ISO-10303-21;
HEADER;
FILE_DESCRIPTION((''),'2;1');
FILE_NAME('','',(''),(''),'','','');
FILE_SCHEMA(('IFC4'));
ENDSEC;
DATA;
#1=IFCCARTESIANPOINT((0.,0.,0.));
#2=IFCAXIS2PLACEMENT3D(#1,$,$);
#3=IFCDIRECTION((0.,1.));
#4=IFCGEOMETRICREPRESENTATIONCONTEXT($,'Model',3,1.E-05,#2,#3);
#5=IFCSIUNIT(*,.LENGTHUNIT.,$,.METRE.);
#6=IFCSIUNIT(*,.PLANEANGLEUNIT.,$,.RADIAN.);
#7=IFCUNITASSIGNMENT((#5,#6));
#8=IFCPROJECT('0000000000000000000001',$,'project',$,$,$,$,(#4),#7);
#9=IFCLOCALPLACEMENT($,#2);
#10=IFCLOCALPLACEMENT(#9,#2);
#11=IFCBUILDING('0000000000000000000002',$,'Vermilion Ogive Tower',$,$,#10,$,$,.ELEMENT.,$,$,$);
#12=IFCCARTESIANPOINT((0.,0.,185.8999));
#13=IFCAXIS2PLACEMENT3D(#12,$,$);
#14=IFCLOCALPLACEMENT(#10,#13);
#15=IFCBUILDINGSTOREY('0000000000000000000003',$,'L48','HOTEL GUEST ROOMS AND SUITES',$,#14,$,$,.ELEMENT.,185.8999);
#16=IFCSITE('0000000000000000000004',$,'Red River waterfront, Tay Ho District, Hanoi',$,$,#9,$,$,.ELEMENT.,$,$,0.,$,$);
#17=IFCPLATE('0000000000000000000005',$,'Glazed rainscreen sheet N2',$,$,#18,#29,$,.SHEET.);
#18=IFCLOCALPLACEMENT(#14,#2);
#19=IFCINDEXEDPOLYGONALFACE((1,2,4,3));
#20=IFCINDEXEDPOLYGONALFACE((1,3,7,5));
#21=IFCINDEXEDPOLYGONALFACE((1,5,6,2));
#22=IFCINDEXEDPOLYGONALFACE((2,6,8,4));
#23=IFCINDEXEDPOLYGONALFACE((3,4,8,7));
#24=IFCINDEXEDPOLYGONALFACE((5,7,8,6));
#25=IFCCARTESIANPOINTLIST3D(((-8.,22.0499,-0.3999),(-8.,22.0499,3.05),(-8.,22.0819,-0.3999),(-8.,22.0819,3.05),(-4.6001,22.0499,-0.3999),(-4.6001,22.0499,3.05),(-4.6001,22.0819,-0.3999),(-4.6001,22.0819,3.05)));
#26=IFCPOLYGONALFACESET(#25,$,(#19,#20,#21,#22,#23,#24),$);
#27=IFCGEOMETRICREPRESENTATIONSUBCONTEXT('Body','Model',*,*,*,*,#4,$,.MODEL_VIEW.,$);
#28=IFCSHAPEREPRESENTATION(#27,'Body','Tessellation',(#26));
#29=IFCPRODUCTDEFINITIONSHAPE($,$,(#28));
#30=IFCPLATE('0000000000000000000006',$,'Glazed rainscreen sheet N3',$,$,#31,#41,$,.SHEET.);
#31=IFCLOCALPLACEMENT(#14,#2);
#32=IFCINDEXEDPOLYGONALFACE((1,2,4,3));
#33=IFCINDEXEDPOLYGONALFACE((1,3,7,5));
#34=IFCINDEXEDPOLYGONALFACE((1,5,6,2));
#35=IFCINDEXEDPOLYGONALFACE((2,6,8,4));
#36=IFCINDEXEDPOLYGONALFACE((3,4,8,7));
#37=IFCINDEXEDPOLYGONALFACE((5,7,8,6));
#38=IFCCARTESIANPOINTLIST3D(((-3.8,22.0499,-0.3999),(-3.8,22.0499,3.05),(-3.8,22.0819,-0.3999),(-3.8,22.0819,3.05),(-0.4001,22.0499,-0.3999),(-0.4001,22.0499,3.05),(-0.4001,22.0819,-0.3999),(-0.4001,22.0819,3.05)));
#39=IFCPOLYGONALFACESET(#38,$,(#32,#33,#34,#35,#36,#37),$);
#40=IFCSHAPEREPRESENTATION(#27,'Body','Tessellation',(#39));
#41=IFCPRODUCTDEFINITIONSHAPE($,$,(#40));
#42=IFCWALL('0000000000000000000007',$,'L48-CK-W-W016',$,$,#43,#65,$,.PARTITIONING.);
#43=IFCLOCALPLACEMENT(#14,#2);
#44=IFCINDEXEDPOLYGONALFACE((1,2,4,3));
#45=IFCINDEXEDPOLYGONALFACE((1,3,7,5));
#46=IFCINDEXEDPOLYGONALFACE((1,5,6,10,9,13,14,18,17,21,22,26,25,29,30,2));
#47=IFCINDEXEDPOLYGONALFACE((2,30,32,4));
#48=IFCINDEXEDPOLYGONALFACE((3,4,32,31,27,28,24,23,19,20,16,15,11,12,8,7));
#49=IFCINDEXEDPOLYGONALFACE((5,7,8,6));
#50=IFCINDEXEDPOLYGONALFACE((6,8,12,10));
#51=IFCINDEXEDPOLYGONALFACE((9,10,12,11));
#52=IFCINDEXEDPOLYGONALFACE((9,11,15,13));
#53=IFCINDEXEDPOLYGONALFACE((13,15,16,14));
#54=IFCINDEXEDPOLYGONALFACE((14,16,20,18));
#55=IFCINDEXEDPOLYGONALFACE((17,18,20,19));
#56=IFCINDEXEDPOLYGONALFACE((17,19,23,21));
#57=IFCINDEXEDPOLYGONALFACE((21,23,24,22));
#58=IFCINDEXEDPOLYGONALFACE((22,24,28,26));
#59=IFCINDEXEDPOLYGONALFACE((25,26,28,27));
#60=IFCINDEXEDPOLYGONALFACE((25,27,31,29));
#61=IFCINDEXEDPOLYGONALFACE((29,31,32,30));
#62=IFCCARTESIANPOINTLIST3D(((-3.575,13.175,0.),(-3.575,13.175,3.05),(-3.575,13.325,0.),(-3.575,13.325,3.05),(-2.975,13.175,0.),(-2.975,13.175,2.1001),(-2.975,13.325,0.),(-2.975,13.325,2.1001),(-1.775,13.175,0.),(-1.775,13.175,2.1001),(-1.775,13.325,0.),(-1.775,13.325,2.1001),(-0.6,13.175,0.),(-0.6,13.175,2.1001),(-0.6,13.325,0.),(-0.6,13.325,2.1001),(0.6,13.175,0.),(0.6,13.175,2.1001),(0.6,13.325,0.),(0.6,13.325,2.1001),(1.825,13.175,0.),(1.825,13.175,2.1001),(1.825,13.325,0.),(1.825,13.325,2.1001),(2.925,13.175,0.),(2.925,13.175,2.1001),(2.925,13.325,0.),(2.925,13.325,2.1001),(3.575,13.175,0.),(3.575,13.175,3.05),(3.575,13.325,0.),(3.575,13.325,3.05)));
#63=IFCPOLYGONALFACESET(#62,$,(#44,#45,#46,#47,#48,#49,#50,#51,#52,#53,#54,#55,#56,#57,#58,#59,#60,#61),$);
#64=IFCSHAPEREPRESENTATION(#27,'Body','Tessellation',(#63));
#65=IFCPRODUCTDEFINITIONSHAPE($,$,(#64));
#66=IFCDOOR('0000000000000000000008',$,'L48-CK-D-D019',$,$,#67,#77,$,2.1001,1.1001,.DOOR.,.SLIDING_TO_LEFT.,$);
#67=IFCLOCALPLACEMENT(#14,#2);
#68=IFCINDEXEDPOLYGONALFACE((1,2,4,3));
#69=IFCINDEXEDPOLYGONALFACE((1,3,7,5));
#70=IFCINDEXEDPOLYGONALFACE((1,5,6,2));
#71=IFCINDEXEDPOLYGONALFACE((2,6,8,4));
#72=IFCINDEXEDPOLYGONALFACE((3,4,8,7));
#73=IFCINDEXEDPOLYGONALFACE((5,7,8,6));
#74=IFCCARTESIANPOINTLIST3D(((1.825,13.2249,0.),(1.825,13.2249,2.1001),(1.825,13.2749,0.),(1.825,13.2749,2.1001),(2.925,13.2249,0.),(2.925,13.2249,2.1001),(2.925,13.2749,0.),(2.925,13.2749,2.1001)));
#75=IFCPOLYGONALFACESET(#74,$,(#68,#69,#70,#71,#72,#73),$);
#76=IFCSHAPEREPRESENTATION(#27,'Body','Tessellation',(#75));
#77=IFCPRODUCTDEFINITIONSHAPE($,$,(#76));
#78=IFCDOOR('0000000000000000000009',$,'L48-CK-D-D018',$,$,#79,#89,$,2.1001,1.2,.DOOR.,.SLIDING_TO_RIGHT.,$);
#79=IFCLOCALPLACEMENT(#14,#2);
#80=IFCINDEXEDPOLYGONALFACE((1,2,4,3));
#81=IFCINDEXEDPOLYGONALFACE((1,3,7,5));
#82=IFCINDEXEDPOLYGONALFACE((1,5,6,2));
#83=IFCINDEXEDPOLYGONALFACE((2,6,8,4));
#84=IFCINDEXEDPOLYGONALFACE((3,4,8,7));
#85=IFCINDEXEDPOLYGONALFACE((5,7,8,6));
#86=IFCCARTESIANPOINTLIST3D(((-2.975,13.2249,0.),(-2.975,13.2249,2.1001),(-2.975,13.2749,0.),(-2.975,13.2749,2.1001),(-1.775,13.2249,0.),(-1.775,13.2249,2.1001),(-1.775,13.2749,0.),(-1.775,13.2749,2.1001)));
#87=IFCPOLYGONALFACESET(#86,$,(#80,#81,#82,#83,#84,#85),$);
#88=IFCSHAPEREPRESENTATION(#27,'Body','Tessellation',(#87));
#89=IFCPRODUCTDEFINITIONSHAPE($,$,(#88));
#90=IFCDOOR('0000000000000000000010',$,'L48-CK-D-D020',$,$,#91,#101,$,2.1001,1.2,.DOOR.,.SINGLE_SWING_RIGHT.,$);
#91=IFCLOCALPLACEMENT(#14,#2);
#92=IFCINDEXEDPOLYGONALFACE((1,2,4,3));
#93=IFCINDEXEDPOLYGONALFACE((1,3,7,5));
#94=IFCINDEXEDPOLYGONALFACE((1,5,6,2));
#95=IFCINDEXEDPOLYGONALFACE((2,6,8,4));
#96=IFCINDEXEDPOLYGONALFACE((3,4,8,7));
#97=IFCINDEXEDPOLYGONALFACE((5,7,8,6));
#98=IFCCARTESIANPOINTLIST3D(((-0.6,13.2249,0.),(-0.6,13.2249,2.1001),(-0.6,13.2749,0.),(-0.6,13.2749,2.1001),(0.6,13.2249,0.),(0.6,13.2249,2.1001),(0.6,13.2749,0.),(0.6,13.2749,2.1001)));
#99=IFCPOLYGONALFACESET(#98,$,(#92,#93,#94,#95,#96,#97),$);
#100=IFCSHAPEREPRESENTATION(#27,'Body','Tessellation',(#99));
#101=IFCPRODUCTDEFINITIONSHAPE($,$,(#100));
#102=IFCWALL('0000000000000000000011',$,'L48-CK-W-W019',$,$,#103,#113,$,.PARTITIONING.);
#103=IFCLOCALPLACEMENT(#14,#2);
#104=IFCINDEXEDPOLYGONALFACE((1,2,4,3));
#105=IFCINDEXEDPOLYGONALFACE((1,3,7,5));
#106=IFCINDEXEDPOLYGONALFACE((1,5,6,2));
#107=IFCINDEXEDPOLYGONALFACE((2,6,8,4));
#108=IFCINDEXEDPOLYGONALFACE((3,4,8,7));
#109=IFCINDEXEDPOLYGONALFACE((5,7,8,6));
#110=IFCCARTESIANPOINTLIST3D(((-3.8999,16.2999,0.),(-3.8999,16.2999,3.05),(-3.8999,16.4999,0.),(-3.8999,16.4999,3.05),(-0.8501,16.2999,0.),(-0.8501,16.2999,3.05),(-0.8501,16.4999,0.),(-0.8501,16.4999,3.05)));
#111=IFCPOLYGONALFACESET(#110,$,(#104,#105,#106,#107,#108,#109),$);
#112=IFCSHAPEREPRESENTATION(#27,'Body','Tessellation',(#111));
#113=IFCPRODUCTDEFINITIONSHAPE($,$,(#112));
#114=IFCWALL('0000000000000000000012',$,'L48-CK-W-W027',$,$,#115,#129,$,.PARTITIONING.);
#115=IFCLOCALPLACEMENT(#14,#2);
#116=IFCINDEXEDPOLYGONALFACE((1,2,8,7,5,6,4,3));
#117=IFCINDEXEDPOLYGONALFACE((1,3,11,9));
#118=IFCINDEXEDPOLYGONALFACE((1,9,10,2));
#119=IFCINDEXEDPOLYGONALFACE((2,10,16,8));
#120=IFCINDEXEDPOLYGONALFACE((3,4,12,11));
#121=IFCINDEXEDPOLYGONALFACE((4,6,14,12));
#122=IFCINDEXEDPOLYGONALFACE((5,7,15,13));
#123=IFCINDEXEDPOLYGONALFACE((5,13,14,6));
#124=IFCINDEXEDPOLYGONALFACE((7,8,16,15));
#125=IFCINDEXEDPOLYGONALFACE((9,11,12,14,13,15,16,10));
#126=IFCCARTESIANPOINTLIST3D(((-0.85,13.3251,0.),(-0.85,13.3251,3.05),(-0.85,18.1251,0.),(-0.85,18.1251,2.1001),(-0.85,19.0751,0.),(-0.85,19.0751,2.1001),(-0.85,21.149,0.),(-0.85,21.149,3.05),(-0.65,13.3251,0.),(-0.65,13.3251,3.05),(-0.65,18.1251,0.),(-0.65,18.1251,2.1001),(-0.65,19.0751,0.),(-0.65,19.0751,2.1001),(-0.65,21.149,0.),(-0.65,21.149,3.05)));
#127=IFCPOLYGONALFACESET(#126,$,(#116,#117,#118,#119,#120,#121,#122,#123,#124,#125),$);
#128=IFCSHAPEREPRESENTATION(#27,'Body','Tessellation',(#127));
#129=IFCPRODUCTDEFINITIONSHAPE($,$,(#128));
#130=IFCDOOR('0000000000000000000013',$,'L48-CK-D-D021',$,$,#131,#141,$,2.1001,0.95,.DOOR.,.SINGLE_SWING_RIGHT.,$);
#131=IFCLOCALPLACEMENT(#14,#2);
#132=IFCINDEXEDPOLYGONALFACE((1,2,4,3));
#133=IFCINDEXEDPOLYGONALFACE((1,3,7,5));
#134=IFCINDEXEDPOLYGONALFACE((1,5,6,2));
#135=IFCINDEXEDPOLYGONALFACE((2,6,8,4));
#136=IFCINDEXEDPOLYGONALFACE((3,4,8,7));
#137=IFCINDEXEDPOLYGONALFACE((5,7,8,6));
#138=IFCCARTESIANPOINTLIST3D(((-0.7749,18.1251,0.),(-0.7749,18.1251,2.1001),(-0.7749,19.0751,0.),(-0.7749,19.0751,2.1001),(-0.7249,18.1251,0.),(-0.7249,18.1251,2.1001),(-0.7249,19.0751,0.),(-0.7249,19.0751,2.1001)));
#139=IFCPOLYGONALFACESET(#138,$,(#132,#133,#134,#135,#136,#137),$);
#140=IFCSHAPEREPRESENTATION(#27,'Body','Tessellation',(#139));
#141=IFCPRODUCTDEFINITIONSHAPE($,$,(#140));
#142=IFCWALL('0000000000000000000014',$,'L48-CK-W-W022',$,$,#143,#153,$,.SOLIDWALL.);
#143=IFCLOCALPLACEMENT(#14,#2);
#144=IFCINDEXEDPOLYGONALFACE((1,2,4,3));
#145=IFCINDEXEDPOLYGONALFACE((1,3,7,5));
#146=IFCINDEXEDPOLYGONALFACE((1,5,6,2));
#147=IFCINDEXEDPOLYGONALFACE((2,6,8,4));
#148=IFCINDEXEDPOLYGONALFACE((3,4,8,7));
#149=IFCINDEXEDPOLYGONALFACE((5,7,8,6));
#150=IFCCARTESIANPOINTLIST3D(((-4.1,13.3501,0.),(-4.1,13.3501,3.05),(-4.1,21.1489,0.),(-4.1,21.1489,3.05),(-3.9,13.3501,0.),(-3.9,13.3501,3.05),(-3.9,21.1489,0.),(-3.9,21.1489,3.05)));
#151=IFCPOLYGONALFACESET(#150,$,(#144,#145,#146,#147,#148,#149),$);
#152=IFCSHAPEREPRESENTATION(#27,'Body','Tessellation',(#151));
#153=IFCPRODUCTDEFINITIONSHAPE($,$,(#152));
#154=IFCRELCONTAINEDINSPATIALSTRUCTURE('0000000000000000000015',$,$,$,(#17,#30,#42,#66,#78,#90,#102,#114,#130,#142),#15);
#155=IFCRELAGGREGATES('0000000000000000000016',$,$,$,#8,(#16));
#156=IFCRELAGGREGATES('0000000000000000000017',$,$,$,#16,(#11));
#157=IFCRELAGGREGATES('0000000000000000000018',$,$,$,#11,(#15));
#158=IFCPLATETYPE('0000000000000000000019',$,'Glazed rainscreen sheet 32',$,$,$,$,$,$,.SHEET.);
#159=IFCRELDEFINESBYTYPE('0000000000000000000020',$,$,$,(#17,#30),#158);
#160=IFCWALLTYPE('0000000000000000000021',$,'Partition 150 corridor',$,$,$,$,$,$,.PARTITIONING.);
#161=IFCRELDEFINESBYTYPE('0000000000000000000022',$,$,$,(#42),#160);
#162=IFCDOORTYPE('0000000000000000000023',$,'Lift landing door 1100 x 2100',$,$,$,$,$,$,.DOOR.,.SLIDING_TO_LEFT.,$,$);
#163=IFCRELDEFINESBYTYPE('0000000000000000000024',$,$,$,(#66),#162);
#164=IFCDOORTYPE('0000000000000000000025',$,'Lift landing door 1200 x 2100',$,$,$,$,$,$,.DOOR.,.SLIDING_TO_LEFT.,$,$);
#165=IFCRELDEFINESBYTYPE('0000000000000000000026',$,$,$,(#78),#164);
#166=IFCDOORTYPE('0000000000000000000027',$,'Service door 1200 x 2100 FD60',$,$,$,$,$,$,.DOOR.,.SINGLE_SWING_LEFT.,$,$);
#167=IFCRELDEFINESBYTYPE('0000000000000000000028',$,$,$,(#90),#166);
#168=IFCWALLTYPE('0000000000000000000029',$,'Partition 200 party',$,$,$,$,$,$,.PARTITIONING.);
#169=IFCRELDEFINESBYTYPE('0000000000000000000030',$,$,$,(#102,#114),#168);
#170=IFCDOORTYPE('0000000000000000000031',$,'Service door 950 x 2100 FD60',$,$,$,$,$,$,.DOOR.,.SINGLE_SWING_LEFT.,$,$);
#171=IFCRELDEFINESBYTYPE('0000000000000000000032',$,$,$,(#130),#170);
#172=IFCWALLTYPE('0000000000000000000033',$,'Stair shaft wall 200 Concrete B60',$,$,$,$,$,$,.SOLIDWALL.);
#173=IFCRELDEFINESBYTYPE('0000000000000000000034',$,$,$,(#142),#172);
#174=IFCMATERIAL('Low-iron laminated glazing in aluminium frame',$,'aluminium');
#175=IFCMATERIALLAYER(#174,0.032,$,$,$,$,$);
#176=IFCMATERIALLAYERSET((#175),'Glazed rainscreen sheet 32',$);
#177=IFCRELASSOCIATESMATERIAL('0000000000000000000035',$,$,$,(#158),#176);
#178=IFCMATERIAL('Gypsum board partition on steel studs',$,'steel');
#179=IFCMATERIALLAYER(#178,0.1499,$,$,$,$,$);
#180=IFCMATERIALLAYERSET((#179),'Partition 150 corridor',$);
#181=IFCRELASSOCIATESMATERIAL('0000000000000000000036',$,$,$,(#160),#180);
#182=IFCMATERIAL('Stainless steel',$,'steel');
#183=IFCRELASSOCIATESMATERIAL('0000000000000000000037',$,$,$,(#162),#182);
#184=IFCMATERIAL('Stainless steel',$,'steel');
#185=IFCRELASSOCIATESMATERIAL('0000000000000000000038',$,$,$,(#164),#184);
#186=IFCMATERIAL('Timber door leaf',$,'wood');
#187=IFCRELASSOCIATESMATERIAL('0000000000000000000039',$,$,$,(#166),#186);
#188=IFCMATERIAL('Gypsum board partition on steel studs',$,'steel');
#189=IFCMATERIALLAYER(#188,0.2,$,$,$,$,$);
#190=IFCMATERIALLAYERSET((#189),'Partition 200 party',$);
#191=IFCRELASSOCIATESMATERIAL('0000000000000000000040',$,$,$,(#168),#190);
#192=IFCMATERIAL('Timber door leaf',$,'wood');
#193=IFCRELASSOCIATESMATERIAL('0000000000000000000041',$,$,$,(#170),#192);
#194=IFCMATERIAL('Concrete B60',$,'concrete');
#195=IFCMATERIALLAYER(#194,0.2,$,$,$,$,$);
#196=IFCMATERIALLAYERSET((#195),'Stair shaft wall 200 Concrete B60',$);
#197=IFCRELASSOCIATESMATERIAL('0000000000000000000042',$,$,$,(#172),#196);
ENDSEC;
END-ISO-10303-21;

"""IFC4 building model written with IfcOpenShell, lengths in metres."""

from ifc_helpers import new_model, si_unit, direction, frame, frame_2d, origin, origin_2d, place, context, subcontext, project, spatial, rectangle, extrude, material, layer, layer_set, type_object, element, fill, save


model = new_model("IFC4")

# Units and contexts
model_context = context("Model", 3, precision=1e-05, world=origin(), true_north=direction((0.0, 1.0)))
body_context = subcontext(model_context, "Body", "Model", "MODEL_VIEW")
ifc_project = project(units=[si_unit("LENGTHUNIT", "METRE"), si_unit("PLANEANGLEUNIT", "RADIAN")], contexts=[model_context])

# Site, building, storey
site_placement = place(None, origin())
site = spatial("IfcSite", under=ifc_project, at=site_placement, Name="Red River waterfront, Tay Ho District, Hanoi", CompositionType="ELEMENT", RefElevation=0.0)
building_placement = place(site_placement, origin())
building = spatial("IfcBuilding", under=site, at=building_placement, Name="Vermilion Ogive Tower", CompositionType="ELEMENT")
storey_placement = place(building_placement, frame((0.0, 0.0, 185.8999)))
storey = spatial("IfcBuildingStorey", under=building, at=storey_placement, Name="L48", Description="HOTEL GUEST ROOMS AND SUITES", CompositionType="ELEMENT", Elevation=185.8999)

# Plates
ifc_material_1 = material(Name="Low-iron laminated glazing in aluminium frame", Category="aluminium")
ifc_layer_1 = layer(ifc_material_1, 0.032)
ifc_layer_set_1 = layer_set([ifc_layer_1], Name="Glazed rainscreen sheet 32")
plate_type = type_object("IfcPlateType", Name="Glazed rainscreen sheet 32", PredefinedType="SHEET", material=ifc_layer_set_1)
for number, where, z_axis, x_axis, name in (
    (1, (-6.3, 22.0659, -0.3999), (0.0, 0.0, 1.0), (1.0, 0.0, 0.0), "Glazed rainscreen sheet N2"),
    (2, (-2.1001, 22.0659, -0.3999), (0.0, 0.0, 1.0), (1.0, 0.0, 0.0), "Glazed rainscreen sheet N3"),
):
    element("IfcPlate", number, at=place(storey_placement, frame(where, z_axis=z_axis, x_axis=x_axis)), inside=storey, type_object=plate_type, Name=name, PredefinedType="SHEET", context=body_context, shape_type="SweptSolid", body=[
        extrude(rectangle(XDim=3.3999, YDim=0.032, at=origin_2d()), origin(), (0.0, 0.0, 1.0), 3.45),
    ])

# Wall, openings, doors
ifc_material_2 = material(Name="Gypsum board partition on steel studs", Category="steel")
ifc_layer_2 = layer(ifc_material_2, 0.1499)
ifc_layer_set_2 = layer_set([ifc_layer_2], Name="Partition 150 corridor")
wall_type_1 = type_object("IfcWallType", Name="Partition 150 corridor", PredefinedType="PARTITIONING", material=ifc_layer_set_2)
wall_1_placement = place(storey_placement, frame((-3.575, 13.25, 0.0), z_axis=(0.0, 0.0, 1.0), x_axis=(1.0, 0.0, 0.0)))
wall_1 = element("IfcWall", 3, at=wall_1_placement, inside=storey, type_object=wall_type_1, Name="L48-CK-W-W016", PredefinedType="PARTITIONING", context=body_context, shape_type="SweptSolid", body=[
    extrude(rectangle(XDim=7.1499, YDim=0.1499, at=frame_2d((3.575, 0.0))), origin(), (0.0, 0.0, 1.0), 3.05),
])
opening_1_placement = place(wall_1_placement, frame((0.5999, 0.0, 0.0)))
opening_1 = element("IfcOpeningElement", 4, at=opening_1_placement, cuts=wall_1, PredefinedType="OPENING", context=body_context, shape_type="SweptSolid", body=[
    extrude(rectangle(XDim=1.2, YDim=2.1001, at=frame_2d((0.6001, 1.05))), frame((0.0, 0.085, 0.0), z_axis=(0.0, -1.0, 0.0), x_axis=(1.0, 0.0, 0.0)), (0.0, 0.0, 1.0), 0.1699),
])
opening_2_placement = place(wall_1_placement, frame((5.3999, 0.0, 0.0)))
opening_2 = element("IfcOpeningElement", 5, at=opening_2_placement, cuts=wall_1, PredefinedType="OPENING", context=body_context, shape_type="SweptSolid", body=[
    extrude(rectangle(XDim=1.1001, YDim=2.1001, at=frame_2d((0.55, 1.05))), frame((0.0, 0.085, 0.0), z_axis=(0.0, -1.0, 0.0), x_axis=(1.0, 0.0, 0.0)), (0.0, 0.0, 1.0), 0.1699),
])
opening_3_placement = place(wall_1_placement, frame((2.9749, 0.0, 0.0)))
opening_3 = element("IfcOpeningElement", 6, at=opening_3_placement, cuts=wall_1, PredefinedType="OPENING", context=body_context, shape_type="SweptSolid", body=[
    extrude(rectangle(XDim=1.2, YDim=2.1001, at=frame_2d((0.6001, 1.05))), frame((0.0, 0.085, 0.0), z_axis=(0.0, -1.0, 0.0), x_axis=(1.0, 0.0, 0.0)), (0.0, 0.0, 1.0), 0.1699),
])
ifc_material_3 = material(Name="Stainless steel", Category="steel")
door_type_1 = type_object("IfcDoorType", Name="Lift landing door 1100 x 2100", OperationType="SLIDING_TO_LEFT", PredefinedType="DOOR", material=ifc_material_3)
door_1_placement = place(opening_2_placement, origin())
door_1 = element("IfcDoor", 7, at=door_1_placement, inside=storey, type_object=door_type_1, Name="L48-CK-D-D019", OperationType="SLIDING_TO_LEFT", OverallHeight=2.1001, OverallWidth=1.1001, PredefinedType="DOOR", context=body_context, shape_type="SweptSolid", body=[
    extrude(rectangle(XDim=1.1001, YDim=2.1001, at=frame_2d((0.55, 1.05))), frame((0.0, 0.0249, 0.0), z_axis=(0.0, -1.0, 0.0), x_axis=(1.0, 0.0, 0.0)), (0.0, 0.0, 1.0), 0.05),
])
fill(opening_2, door_1)
ifc_material_4 = material(Name="Stainless steel", Category="steel")
door_type_2 = type_object("IfcDoorType", Name="Lift landing door 1200 x 2100", OperationType="SLIDING_TO_LEFT", PredefinedType="DOOR", material=ifc_material_4)
door_2_placement = place(opening_1_placement, origin())
door_2 = element("IfcDoor", 8, at=door_2_placement, inside=storey, type_object=door_type_2, Name="L48-CK-D-D018", OperationType="SLIDING_TO_RIGHT", OverallHeight=2.1001, OverallWidth=1.2, PredefinedType="DOOR", context=body_context, shape_type="SweptSolid", body=[
    extrude(rectangle(XDim=1.2, YDim=2.1001, at=frame_2d((0.6001, 1.05))), frame((0.0, 0.0249, 0.0), z_axis=(0.0, -1.0, 0.0), x_axis=(1.0, 0.0, 0.0)), (0.0, 0.0, 1.0), 0.05),
])
fill(opening_1, door_2)
ifc_material_5 = material(Name="Timber door leaf", Category="wood")
door_type_3 = type_object("IfcDoorType", Name="Service door 1200 x 2100 FD60", OperationType="SINGLE_SWING_LEFT", PredefinedType="DOOR", material=ifc_material_5)
door_3_placement = place(opening_3_placement, origin())
door_3 = element("IfcDoor", 9, at=door_3_placement, inside=storey, type_object=door_type_3, Name="L48-CK-D-D020", OperationType="SINGLE_SWING_RIGHT", OverallHeight=2.1001, OverallWidth=1.2, PredefinedType="DOOR", context=body_context, shape_type="SweptSolid", body=[
    extrude(rectangle(XDim=1.2, YDim=2.1001, at=frame_2d((0.6001, 1.05))), frame((0.0, 0.0249, 0.0), z_axis=(0.0, -1.0, 0.0), x_axis=(1.0, 0.0, 0.0)), (0.0, 0.0, 1.0), 0.05),
])
fill(opening_3, door_3)

# Wall
ifc_material_6 = material(Name="Gypsum board partition on steel studs", Category="steel")
ifc_layer_3 = layer(ifc_material_6, 0.2)
ifc_layer_set_3 = layer_set([ifc_layer_3], Name="Partition 200 party")
wall_type_2 = type_object("IfcWallType", Name="Partition 200 party", PredefinedType="PARTITIONING", material=ifc_layer_set_3)
wall_2_placement = place(storey_placement, frame((-3.8999, 16.3999, 0.0), z_axis=(0.0, 0.0, 1.0), x_axis=(1.0, 0.0, 0.0)))
element("IfcWall", 10, at=wall_2_placement, inside=storey, type_object=wall_type_2, Name="L48-CK-W-W019", PredefinedType="PARTITIONING", context=body_context, shape_type="SweptSolid", body=[
    extrude(rectangle(XDim=3.0498, YDim=0.2, at=frame_2d((1.5249, 0.0))), origin(), (0.0, 0.0, 1.0), 3.05),
])

# Wall, opening, door
wall_3_placement = place(storey_placement, frame((-0.75, 13.325, 0.0), z_axis=(0.0, 0.0, 1.0), x_axis=(0.0, 1.0, 0.0)))
wall_3 = element("IfcWall", 11, at=wall_3_placement, inside=storey, type_object=wall_type_2, Name="L48-CK-W-W027", PredefinedType="PARTITIONING", context=body_context, shape_type="SweptSolid", body=[
    extrude(rectangle(XDim=7.824, YDim=0.2, at=frame_2d((3.9121, 0.0))), origin(), (0.0, 0.0, 1.0), 3.05),
])
opening_4_placement = place(wall_3_placement, frame((4.8, 0.0, 0.0)))
opening_4 = element("IfcOpeningElement", 12, at=opening_4_placement, cuts=wall_3, PredefinedType="OPENING", context=body_context, shape_type="SweptSolid", body=[
    extrude(rectangle(XDim=0.95, YDim=2.1001, at=frame_2d((0.4751, 1.05))), frame((0.0, 0.1099, 0.0), z_axis=(0.0, -1.0, 0.0), x_axis=(1.0, 0.0, 0.0)), (0.0, 0.0, 1.0), 0.22),
])
ifc_material_7 = material(Name="Timber door leaf", Category="wood")
door_type_4 = type_object("IfcDoorType", Name="Service door 950 x 2100 FD60", OperationType="SINGLE_SWING_LEFT", PredefinedType="DOOR", material=ifc_material_7)
door_4_placement = place(opening_4_placement, origin())
door_4 = element("IfcDoor", 13, at=door_4_placement, inside=storey, type_object=door_type_4, Name="L48-CK-D-D021", OperationType="SINGLE_SWING_RIGHT", OverallHeight=2.1001, OverallWidth=0.95, PredefinedType="DOOR", context=body_context, shape_type="SweptSolid", body=[
    extrude(rectangle(XDim=0.95, YDim=2.1001, at=frame_2d((0.4751, 1.05))), frame((0.0, 0.0249, 0.0), z_axis=(0.0, -1.0, 0.0), x_axis=(1.0, 0.0, 0.0)), (0.0, 0.0, 1.0), 0.05),
])
fill(opening_4, door_4)

# Wall
ifc_material_8 = material(Name="Concrete B60", Category="concrete")
ifc_layer_4 = layer(ifc_material_8, 0.2)
ifc_layer_set_4 = layer_set([ifc_layer_4], Name="Stair shaft wall 200 Concrete B60")
wall_type_3 = type_object("IfcWallType", Name="Stair shaft wall 200 Concrete B60", PredefinedType="SOLIDWALL", material=ifc_layer_set_4)
wall_4_placement = place(storey_placement, frame((-4.0, 13.3501, 0.0), z_axis=(0.0, 0.0, 1.0), x_axis=(0.0, 1.0, 0.0)))
element("IfcWall", 14, at=wall_4_placement, inside=storey, type_object=wall_type_3, Name="L48-CK-W-W022", PredefinedType="SOLIDWALL", context=body_context, shape_type="SweptSolid", body=[
    extrude(rectangle(XDim=7.7988, YDim=0.2, at=frame_2d((3.8994, 0.0))), origin(), (0.0, 0.0, 1.0), 3.05),
])

save(model, "model.ifc")
